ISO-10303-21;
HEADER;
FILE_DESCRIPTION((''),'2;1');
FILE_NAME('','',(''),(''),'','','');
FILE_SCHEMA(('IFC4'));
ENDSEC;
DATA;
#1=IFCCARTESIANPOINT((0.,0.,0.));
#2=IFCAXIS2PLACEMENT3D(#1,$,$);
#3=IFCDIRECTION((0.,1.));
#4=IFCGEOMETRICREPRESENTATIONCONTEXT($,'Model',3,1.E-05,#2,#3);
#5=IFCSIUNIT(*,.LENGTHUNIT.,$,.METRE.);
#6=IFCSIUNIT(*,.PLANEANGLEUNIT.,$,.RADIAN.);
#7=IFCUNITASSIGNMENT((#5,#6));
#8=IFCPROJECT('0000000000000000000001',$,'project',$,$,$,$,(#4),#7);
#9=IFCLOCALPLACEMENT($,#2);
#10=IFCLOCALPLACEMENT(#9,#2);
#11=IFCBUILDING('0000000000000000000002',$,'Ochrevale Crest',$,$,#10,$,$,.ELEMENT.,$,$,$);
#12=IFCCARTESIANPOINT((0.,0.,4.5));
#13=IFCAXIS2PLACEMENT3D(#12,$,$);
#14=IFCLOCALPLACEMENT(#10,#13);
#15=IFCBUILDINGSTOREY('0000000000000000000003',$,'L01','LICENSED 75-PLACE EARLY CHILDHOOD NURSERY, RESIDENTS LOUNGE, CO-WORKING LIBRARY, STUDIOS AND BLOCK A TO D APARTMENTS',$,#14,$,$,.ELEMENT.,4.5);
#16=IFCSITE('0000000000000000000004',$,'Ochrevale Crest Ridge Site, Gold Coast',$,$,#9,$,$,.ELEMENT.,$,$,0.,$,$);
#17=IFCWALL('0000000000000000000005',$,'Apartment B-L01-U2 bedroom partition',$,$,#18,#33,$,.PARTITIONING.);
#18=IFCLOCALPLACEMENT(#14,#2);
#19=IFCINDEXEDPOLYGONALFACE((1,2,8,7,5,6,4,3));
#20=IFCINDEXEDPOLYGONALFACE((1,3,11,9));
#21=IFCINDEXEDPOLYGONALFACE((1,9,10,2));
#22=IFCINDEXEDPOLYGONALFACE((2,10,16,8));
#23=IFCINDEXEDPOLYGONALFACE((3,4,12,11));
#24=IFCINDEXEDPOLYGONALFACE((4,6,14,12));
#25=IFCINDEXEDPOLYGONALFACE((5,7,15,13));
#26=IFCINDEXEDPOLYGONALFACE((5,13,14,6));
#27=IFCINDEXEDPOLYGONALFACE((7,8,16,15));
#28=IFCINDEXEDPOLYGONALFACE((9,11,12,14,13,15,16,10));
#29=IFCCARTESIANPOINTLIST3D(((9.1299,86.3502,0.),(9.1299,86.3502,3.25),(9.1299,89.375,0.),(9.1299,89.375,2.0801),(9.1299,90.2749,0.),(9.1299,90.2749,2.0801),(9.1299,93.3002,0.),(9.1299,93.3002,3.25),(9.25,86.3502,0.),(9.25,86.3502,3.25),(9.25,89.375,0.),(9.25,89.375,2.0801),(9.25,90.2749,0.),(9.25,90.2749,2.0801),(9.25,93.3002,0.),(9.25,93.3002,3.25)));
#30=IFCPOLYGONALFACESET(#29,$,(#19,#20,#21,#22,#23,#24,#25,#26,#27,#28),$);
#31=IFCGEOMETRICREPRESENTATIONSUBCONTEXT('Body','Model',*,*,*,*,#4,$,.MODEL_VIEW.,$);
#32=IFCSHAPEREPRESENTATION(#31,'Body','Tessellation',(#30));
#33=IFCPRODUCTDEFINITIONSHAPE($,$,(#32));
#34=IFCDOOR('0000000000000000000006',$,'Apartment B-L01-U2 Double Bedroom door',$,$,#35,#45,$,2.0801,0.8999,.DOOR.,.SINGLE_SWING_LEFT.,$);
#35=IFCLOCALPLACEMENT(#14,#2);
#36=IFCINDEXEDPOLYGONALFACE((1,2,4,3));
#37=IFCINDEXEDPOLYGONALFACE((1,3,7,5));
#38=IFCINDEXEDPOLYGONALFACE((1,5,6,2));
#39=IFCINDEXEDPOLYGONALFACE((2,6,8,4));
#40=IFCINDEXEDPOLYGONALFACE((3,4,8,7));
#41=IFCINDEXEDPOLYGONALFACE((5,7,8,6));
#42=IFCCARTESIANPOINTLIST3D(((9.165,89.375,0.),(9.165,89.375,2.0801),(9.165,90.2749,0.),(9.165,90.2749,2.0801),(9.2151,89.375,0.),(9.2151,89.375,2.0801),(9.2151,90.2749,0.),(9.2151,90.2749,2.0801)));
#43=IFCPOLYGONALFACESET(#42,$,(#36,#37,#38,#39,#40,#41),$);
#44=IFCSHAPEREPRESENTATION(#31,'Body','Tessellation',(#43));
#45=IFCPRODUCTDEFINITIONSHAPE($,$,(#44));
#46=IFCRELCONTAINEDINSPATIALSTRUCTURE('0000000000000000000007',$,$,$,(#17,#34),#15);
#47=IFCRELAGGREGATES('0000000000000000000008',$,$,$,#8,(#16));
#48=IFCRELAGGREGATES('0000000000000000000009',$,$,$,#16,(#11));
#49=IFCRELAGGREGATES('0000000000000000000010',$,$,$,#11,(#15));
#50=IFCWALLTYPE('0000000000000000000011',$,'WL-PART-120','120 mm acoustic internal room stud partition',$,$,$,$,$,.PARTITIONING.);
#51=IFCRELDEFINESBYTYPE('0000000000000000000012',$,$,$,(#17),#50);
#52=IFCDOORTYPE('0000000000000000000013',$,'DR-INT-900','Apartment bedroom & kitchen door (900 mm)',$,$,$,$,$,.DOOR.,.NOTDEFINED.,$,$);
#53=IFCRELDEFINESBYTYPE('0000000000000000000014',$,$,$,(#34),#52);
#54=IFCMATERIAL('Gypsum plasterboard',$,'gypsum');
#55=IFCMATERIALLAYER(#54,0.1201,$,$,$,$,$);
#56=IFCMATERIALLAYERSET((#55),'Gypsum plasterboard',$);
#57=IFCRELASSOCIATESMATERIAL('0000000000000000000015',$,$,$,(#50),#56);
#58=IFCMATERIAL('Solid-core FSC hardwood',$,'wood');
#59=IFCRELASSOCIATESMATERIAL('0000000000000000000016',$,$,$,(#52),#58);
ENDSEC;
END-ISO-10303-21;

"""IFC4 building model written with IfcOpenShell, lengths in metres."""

from ifc_helpers import new_model, si_unit, direction, frame, frame_2d, origin, place, context, subcontext, project, spatial, rectangle, extrude, material, layer, layer_set, type_object, element, fill, save


model = new_model("IFC4")

# Units and contexts
model_context = context("Model", 3, precision=1e-05, world=origin(), true_north=direction((0.0, 1.0)))
body_context = subcontext(model_context, "Body", "Model", "MODEL_VIEW")
ifc_project = project(units=[si_unit("LENGTHUNIT", "METRE"), si_unit("PLANEANGLEUNIT", "RADIAN")], contexts=[model_context])

# Site, building, storey
site_placement = place(None, origin())
site = spatial("IfcSite", under=ifc_project, at=site_placement, Name="Ochrevale Crest Ridge Site, Gold Coast", CompositionType="ELEMENT", RefElevation=0.0)
building_placement = place(site_placement, origin())
building = spatial("IfcBuilding", under=site, at=building_placement, Name="Ochrevale Crest", CompositionType="ELEMENT")
storey_placement = place(building_placement, frame((0.0, 0.0, 4.5)))
storey = spatial("IfcBuildingStorey", under=building, at=storey_placement, Name="L01", Description="LICENSED 75-PLACE EARLY CHILDHOOD NURSERY, RESIDENTS LOUNGE, CO-WORKING LIBRARY, STUDIOS AND BLOCK A TO D APARTMENTS", CompositionType="ELEMENT", Elevation=4.5)

# Shared definitions
ifc_material_1 = material(Name="Gypsum plasterboard", Category="gypsum")
ifc_layer_1 = layer(ifc_material_1, 0.1201)
ifc_layer_set_1 = layer_set([ifc_layer_1], Name="Gypsum plasterboard")
wall_type_1 = type_object("IfcWallType", Name="WL-PART-120", Description="120 mm acoustic internal room stud partition", PredefinedType="PARTITIONING", material=ifc_layer_set_1)
ifc_material_2 = material(Name="Solid-core FSC hardwood", Category="wood")
door_type_1 = type_object("IfcDoorType", Name="DR-INT-900", Description="Apartment bedroom & kitchen door (900 mm)", OperationType="NOTDEFINED", PredefinedType="DOOR", material=ifc_material_2)

# Wall, opening, door
wall_1_placement = place(storey_placement, frame((9.1899, 86.3501, 0.0), z_axis=(0.0, 0.0, 1.0), x_axis=(0.0, 1.0, 0.0)))
wall_1 = element("IfcWall", 1, at=wall_1_placement, inside=storey, type_object=wall_type_1, Name="Apartment B-L01-U2 bedroom partition", PredefinedType="PARTITIONING", context=body_context, shape_type="SweptSolid", body=[
    extrude(rectangle(XDim=6.95, YDim=0.1201, at=frame_2d((3.4751, 0.0))), origin(), (0.0, 0.0, 1.0), 3.25),
])
opening_1_placement = place(wall_1_placement, frame((3.0249, 0.0, 0.0)))
opening_1 = element("IfcOpeningElement", 2, at=opening_1_placement, cuts=wall_1, PredefinedType="OPENING", context=body_context, shape_type="SweptSolid", body=[
    extrude(rectangle(XDim=0.8999, YDim=2.0801, at=frame_2d((0.45, 1.04))), frame((0.0, 0.0701, 0.0), z_axis=(0.0, -1.0, 0.0), x_axis=(1.0, 0.0, 0.0)), (0.0, 0.0, 1.0), 0.1401),
])
door_1_placement = place(opening_1_placement, origin())
door_1 = element("IfcDoor", 3, at=door_1_placement, inside=storey, type_object=door_type_1, Name="Apartment B-L01-U2 Double Bedroom door", OperationType="SINGLE_SWING_LEFT", OverallHeight=2.0801, OverallWidth=0.8999, PredefinedType="DOOR", context=body_context, shape_type="SweptSolid", body=[
    extrude(rectangle(XDim=0.8999, YDim=2.0801, at=frame_2d((0.45, 1.04))), frame((0.0, 0.0249, 0.0), z_axis=(0.0, -1.0, 0.0), x_axis=(1.0, 0.0, 0.0)), (0.0, 0.0, 1.0), 0.05),
])
fill(opening_1, door_1)

save(model, "model.ifc")
